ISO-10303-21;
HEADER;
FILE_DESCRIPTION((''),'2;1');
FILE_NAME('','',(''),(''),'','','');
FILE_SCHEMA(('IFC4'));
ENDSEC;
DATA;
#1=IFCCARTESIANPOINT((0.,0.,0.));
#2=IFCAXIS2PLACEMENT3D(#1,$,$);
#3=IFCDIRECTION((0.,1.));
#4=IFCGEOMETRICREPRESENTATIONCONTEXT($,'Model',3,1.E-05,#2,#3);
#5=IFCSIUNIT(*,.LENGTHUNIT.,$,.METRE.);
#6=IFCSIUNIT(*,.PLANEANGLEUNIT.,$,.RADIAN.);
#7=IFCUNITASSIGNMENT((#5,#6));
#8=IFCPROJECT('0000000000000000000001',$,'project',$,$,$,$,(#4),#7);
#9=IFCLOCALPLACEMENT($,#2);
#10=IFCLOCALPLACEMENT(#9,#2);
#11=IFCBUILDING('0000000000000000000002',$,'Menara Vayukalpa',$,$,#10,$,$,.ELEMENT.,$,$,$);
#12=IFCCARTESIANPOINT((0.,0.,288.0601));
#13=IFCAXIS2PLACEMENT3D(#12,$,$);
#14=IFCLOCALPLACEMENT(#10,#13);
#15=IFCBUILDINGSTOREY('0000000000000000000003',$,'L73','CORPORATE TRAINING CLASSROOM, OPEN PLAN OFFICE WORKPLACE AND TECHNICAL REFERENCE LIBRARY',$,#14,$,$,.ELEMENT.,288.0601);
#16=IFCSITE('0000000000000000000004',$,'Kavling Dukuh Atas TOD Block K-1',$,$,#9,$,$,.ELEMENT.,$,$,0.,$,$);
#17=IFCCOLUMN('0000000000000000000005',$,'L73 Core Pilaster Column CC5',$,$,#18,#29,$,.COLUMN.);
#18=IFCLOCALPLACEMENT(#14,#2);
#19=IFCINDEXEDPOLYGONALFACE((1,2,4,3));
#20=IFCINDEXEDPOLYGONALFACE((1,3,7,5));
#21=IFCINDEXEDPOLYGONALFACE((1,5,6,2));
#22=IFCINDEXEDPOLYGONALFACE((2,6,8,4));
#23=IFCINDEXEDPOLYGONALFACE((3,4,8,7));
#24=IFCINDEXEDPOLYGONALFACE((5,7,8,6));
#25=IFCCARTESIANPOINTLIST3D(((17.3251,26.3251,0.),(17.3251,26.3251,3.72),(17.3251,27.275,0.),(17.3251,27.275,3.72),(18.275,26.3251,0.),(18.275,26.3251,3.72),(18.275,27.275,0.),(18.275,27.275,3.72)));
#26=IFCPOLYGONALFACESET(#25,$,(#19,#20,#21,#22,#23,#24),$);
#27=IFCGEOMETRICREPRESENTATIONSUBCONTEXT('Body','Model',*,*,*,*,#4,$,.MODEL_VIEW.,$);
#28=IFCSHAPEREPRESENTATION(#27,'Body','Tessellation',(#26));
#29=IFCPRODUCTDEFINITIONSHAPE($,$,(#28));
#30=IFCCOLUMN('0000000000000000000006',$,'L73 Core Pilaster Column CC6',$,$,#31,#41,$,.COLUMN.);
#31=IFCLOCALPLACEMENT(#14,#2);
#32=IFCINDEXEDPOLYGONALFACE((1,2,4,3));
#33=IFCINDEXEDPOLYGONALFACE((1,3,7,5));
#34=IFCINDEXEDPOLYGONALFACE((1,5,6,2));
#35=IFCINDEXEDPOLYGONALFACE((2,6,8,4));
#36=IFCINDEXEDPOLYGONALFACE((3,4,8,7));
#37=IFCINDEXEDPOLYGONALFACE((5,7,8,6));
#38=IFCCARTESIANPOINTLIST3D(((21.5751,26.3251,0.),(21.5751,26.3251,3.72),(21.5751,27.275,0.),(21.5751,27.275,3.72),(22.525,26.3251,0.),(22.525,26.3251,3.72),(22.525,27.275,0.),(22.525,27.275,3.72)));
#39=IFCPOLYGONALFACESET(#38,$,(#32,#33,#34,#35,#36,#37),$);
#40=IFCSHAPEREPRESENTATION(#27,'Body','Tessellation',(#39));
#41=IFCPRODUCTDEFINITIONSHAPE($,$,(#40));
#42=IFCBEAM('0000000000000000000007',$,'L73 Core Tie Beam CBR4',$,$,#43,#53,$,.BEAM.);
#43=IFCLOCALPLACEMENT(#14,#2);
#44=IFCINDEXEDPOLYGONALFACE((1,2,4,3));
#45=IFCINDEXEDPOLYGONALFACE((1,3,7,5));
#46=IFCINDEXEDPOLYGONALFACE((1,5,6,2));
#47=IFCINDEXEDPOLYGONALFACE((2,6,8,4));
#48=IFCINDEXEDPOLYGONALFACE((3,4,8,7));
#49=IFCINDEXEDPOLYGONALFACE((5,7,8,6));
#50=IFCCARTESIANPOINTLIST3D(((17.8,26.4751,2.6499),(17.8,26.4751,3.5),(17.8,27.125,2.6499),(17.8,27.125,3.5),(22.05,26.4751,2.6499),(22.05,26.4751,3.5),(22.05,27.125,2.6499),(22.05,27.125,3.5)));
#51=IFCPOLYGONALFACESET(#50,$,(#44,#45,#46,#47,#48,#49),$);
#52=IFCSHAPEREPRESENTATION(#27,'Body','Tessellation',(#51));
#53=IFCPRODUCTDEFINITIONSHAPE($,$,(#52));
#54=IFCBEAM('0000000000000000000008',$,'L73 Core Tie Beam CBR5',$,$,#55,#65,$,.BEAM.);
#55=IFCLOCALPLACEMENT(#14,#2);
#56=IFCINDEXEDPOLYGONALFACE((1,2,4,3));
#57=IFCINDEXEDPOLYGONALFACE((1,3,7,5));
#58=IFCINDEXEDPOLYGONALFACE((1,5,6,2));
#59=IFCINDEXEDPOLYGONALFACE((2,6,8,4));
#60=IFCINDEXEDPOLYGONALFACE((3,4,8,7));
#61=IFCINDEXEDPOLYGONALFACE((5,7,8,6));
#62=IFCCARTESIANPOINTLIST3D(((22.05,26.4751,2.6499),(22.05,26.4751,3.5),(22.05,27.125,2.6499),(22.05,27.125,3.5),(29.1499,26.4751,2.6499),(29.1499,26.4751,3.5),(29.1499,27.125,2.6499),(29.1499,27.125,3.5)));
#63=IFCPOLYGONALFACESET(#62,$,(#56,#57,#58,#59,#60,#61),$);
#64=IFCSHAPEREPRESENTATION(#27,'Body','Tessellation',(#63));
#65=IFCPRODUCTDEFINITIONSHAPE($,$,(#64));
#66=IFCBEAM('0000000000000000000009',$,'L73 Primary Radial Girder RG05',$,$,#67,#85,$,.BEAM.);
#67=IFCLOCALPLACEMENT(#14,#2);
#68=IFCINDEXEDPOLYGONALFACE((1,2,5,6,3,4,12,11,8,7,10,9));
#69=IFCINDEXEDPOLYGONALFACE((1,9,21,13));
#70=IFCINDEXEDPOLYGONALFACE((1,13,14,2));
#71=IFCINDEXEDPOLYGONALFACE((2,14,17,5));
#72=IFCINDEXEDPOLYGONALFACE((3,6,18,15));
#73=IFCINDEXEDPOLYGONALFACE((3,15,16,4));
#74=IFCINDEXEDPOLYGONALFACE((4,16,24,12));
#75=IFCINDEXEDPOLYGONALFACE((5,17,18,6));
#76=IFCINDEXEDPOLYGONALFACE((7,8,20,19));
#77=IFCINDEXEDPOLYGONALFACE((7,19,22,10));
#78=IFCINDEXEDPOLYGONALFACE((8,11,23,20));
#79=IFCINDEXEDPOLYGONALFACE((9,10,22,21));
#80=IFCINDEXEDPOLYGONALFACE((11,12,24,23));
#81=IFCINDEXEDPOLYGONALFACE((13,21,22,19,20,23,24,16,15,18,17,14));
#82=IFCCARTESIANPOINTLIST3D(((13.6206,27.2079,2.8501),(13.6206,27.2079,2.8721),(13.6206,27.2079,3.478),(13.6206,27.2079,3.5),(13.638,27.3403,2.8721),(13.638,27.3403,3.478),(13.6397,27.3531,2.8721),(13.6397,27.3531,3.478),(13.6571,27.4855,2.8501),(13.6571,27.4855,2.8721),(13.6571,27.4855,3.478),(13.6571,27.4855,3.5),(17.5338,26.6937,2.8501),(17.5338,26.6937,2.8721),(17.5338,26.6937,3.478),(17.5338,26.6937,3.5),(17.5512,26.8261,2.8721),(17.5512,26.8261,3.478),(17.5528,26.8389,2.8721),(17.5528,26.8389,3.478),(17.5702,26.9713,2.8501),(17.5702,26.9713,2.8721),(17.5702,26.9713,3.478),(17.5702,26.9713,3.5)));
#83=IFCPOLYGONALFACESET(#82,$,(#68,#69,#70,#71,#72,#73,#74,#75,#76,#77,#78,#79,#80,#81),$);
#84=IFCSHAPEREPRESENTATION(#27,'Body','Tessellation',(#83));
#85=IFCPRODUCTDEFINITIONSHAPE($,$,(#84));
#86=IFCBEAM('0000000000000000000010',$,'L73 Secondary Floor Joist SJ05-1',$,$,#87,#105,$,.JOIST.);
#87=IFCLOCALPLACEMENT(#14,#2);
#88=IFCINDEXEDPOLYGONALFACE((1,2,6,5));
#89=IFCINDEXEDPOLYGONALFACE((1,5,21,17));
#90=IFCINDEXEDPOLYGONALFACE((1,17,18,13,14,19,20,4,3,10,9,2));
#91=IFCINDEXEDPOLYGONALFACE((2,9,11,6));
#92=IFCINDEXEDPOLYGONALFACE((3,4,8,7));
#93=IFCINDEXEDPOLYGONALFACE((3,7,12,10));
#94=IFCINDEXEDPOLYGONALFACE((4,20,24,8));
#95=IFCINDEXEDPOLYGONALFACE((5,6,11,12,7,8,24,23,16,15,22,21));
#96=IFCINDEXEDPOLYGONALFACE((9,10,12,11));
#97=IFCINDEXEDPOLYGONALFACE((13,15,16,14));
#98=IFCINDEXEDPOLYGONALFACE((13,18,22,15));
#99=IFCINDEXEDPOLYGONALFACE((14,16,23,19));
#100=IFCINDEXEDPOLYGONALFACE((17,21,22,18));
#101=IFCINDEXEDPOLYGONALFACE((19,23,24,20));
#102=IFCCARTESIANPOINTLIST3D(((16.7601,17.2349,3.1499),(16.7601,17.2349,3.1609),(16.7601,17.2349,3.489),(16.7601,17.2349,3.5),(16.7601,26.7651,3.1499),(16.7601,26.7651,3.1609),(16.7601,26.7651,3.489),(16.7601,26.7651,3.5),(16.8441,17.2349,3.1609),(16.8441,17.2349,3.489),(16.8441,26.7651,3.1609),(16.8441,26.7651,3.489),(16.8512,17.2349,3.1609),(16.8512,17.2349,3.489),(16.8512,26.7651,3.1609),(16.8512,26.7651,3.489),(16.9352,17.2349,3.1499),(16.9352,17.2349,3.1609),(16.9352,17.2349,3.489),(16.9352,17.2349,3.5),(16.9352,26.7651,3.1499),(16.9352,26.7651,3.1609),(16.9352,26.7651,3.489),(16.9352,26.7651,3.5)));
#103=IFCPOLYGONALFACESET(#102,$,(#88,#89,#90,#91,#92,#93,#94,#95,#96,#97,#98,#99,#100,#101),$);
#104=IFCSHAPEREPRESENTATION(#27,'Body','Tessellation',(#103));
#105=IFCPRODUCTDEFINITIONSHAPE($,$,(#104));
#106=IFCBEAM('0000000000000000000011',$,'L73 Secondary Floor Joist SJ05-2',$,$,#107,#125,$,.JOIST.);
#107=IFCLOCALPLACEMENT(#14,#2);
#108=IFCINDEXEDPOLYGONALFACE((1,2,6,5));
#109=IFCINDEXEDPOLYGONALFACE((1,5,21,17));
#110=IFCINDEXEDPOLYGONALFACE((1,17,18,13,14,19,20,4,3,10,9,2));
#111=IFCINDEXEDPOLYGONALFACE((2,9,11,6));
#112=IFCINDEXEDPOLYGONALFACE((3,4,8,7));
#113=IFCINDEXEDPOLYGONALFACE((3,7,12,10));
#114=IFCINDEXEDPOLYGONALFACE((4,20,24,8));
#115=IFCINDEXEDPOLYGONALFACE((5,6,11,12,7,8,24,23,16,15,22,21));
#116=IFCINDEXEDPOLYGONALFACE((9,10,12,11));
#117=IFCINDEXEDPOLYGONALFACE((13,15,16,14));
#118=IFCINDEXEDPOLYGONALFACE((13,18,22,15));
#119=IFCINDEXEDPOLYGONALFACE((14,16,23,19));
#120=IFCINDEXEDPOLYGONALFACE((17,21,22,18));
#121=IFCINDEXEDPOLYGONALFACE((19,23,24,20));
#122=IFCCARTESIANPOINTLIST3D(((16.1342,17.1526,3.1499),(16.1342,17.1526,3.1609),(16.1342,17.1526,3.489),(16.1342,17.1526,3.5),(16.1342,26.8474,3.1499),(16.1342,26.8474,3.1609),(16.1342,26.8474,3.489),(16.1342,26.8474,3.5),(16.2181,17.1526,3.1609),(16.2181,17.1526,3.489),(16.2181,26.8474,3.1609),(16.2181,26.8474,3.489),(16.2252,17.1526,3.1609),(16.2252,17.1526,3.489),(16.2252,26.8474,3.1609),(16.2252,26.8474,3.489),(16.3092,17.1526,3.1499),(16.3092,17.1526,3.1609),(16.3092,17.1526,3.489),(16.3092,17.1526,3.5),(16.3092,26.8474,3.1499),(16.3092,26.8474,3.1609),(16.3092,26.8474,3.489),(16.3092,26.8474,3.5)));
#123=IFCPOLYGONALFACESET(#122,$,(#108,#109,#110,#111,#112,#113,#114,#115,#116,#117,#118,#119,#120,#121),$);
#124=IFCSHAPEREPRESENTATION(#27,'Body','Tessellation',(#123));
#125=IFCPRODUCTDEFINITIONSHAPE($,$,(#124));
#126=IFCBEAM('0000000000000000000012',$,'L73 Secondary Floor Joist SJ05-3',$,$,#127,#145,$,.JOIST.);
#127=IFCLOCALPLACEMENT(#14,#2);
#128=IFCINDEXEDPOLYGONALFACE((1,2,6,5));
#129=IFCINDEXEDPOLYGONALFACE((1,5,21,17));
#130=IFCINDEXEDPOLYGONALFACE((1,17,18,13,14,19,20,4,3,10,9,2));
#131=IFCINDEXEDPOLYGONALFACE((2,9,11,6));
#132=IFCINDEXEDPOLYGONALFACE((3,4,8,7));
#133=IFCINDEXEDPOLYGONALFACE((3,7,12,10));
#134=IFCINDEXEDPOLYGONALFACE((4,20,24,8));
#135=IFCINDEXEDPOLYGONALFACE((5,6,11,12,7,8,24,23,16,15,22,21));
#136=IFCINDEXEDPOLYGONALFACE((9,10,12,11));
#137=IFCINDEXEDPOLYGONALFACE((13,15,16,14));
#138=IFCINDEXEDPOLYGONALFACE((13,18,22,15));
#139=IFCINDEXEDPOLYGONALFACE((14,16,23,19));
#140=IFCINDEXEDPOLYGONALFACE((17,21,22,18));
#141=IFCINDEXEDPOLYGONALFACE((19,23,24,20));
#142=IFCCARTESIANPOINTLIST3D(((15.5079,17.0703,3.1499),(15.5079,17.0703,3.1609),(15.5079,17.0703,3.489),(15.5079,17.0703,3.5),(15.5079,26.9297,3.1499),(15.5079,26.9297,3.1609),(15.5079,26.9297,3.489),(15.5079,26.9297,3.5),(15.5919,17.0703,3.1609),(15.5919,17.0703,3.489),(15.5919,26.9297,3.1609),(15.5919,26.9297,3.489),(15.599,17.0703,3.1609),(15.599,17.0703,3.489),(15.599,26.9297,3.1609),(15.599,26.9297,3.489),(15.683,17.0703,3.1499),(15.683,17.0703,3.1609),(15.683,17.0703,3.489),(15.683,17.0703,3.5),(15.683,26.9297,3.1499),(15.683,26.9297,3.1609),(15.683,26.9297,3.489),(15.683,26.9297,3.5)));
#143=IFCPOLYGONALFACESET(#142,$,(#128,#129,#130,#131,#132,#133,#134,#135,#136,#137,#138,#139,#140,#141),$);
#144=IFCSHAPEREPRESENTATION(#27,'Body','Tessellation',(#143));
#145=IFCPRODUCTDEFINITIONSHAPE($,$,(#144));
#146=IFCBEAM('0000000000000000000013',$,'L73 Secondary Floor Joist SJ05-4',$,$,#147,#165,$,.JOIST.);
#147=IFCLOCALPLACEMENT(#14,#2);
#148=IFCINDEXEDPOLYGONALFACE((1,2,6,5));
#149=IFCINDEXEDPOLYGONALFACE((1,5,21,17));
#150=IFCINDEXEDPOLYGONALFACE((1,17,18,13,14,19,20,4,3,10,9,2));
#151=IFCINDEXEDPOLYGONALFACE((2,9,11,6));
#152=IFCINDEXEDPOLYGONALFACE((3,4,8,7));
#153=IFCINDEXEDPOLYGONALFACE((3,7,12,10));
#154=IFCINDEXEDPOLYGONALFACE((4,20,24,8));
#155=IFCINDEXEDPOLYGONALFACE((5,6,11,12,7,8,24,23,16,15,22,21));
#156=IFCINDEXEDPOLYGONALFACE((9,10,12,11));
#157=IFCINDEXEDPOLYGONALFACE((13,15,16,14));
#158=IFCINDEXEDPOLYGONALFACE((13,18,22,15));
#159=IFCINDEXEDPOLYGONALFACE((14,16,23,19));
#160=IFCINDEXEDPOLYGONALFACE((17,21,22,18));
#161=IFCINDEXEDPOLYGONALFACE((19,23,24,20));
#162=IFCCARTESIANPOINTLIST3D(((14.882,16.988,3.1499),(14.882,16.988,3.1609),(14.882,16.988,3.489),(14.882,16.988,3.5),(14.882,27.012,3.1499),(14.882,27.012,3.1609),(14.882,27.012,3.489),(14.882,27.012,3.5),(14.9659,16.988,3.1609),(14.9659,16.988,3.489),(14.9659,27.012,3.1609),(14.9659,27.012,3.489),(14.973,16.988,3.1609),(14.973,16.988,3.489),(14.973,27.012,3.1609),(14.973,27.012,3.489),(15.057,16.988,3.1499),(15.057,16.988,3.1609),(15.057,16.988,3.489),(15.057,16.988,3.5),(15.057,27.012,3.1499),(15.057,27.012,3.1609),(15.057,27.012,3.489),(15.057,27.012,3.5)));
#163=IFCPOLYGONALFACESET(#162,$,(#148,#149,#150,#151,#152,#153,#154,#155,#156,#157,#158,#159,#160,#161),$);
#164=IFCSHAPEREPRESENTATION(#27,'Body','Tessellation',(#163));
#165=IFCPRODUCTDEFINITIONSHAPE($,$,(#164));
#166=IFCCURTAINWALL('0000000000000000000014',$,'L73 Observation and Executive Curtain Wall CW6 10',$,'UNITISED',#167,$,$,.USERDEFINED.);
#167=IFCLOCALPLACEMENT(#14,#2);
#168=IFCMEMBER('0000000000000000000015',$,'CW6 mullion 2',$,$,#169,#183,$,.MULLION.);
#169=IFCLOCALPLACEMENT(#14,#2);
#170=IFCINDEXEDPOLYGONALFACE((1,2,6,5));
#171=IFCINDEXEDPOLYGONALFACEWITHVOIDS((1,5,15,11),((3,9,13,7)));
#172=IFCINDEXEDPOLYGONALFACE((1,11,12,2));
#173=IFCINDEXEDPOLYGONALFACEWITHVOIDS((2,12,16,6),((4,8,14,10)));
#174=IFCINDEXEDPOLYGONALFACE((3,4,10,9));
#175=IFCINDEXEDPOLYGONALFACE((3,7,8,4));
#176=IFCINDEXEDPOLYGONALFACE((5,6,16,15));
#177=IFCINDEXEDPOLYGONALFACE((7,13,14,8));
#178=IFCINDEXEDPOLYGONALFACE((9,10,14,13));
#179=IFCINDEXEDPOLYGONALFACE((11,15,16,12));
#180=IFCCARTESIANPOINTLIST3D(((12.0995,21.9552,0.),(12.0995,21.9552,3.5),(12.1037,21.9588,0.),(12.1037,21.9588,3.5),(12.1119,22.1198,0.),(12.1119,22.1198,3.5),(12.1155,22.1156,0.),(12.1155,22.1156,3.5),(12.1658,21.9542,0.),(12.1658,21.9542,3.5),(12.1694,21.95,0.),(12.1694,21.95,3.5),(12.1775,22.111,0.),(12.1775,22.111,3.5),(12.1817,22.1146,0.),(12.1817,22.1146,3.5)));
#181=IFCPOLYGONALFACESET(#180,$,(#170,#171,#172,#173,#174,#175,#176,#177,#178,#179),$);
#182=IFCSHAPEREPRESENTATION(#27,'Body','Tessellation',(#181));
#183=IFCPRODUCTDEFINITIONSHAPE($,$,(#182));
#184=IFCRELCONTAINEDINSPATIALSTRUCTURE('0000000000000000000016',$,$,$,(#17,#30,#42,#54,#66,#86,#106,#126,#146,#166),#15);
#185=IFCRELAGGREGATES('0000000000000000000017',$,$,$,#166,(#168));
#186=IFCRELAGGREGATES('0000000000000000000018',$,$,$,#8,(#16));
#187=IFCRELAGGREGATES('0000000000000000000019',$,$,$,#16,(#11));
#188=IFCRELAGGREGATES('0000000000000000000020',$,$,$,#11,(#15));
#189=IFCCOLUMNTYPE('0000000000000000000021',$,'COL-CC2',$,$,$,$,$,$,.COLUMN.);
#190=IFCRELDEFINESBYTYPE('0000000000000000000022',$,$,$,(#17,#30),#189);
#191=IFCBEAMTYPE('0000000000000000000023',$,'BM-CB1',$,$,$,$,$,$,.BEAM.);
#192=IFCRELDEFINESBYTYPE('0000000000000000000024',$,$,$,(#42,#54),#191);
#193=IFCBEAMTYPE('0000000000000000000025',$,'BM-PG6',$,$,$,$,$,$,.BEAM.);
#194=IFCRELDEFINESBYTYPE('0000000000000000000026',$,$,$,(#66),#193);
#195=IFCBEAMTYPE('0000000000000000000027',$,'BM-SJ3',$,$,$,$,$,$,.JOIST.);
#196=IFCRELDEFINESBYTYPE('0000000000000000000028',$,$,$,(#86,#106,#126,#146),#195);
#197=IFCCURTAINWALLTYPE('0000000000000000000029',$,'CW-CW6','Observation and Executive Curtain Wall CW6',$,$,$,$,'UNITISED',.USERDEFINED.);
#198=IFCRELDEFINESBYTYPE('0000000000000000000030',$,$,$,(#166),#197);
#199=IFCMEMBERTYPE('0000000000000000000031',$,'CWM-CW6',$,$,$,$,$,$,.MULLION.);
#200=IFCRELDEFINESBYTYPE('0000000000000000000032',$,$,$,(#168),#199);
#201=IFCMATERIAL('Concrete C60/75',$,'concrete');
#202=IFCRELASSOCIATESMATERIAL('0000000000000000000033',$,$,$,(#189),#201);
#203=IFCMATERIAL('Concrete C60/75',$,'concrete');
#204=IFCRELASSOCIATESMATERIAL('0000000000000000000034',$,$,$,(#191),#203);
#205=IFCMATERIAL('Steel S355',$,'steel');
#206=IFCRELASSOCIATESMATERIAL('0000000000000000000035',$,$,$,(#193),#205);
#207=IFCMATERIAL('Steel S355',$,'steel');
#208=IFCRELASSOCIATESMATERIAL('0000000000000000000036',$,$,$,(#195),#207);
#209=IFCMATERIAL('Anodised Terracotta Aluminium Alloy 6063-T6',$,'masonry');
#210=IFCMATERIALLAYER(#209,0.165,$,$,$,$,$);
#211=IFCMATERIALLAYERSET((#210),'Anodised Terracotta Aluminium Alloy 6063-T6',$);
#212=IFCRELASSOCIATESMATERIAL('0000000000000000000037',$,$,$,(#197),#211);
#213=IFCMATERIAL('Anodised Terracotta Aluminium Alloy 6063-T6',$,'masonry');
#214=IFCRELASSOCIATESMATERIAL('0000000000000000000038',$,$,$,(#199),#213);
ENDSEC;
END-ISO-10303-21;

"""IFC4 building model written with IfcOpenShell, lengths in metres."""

from ifc_helpers import new_model, si_unit, direction, frame, origin, origin_2d, place, context, subcontext, project, spatial, rectangle, hollow_rectangle, i_section, extrude, material, layer, layer_set, material_profile, profile_set, type_object, element, aggregate, save


model = new_model("IFC4")

# Units and contexts
model_context = context("Model", 3, precision=1e-05, world=origin(), true_north=direction((0.0, 1.0)))
body_context = subcontext(model_context, "Body", "Model", "MODEL_VIEW")
ifc_project = project(units=[si_unit("LENGTHUNIT", "METRE"), si_unit("PLANEANGLEUNIT", "RADIAN")], contexts=[model_context])

# Site, building, storey
site_placement = place(None, origin())
site = spatial("IfcSite", under=ifc_project, at=site_placement, Name="Kavling Dukuh Atas TOD Block K-1", CompositionType="ELEMENT", RefElevation=0.0)
building_placement = place(site_placement, origin())
building = spatial("IfcBuilding", under=site, at=building_placement, Name="Menara Vayukalpa", CompositionType="ELEMENT")
storey_placement = place(building_placement, frame((0.0, 0.0, 288.0601)))
storey = spatial("IfcBuildingStorey", under=building, at=storey_placement, Name="L73", Description="CORPORATE TRAINING CLASSROOM, OPEN PLAN OFFICE WORKPLACE AND TECHNICAL REFERENCE LIBRARY", CompositionType="ELEMENT", Elevation=288.0601)

# Columns
ifc_material_1 = material(Name="Concrete C60/75", Category="concrete")
ifc_material_profile_1 = material_profile(ifc_material_1, rectangle(XDim=0.95, YDim=0.95, at=origin_2d()), Name="RC 950x950")
ifc_profile_set_1 = profile_set([ifc_material_profile_1], Name="Concrete C60/75")
column_type = type_object("IfcColumnType", Name="COL-CC2", PredefinedType="COLUMN", material=ifc_profile_set_1)
for number, where, z_axis, x_axis, name in (
    (1, (17.8, 26.8, 0.0), (0.0, 0.0, 1.0), (1.0, 0.0, 0.0), "L73 Core Pilaster Column CC5"),
    (2, (22.05, 26.8, 0.0), (0.0, 0.0, 1.0), (1.0, 0.0, 0.0), "L73 Core Pilaster Column CC6"),
):
    element("IfcColumn", number, at=place(storey_placement, frame(where, z_axis=z_axis, x_axis=x_axis)), inside=storey, type_object=column_type, Name=name, PredefinedType="COLUMN", context=body_context, shape_type="SweptSolid", body=[
        extrude(rectangle(XDim=0.95, YDim=0.95, at=origin_2d()), origin(), (0.0, 0.0, 1.0), 3.72),
    ])

# Beams
ifc_material_2 = material(Name="Concrete C60/75", Category="concrete")
ifc_material_profile_2 = material_profile(ifc_material_2, rectangle(XDim=0.6499, YDim=0.8501, at=origin_2d()), Name="RC 650x850")
ifc_profile_set_2 = profile_set([ifc_material_profile_2], Name="Concrete C60/75")
beam_type_1 = type_object("IfcBeamType", Name="BM-CB1", PredefinedType="BEAM", material=ifc_profile_set_2)
beam_1_placement = place(storey_placement, frame((17.8, 26.8, 3.075), z_axis=(1.0, 0.0, 0.0), x_axis=(0.0, 1.0, 0.0)))
element("IfcBeam", 3, at=beam_1_placement, inside=storey, type_object=beam_type_1, Name="L73 Core Tie Beam CBR4", PredefinedType="BEAM", context=body_context, shape_type="SweptSolid", body=[
    extrude(rectangle(XDim=0.6499, YDim=0.8501, at=origin_2d()), origin(), (0.0, 0.0, 1.0), 4.25),
])
beam_2_placement = place(storey_placement, frame((22.05, 26.8, 3.075), z_axis=(1.0, 0.0, 0.0), x_axis=(0.0, 1.0, 0.0)))
element("IfcBeam", 4, at=beam_2_placement, inside=storey, type_object=beam_type_1, Name="L73 Core Tie Beam CBR5", PredefinedType="BEAM", context=body_context, shape_type="SweptSolid", body=[
    extrude(rectangle(XDim=0.6499, YDim=0.8501, at=origin_2d()), origin(), (0.0, 0.0, 1.0), 7.0999),
])
ifc_material_3 = material(Name="Steel S355", Category="steel")
ifc_material_profile_3 = material_profile(ifc_material_3, i_section(OverallWidth=0.28, OverallDepth=0.6499, WebThickness=0.0129, FlangeThickness=0.022, at=origin_2d()), Name="WF 650x280x13x22")
ifc_profile_set_3 = profile_set([ifc_material_profile_3], Name="Steel S355")
beam_type_2 = type_object("IfcBeamType", Name="BM-PG6", PredefinedType="BEAM", material=ifc_profile_set_3)
beam_3_placement = place(storey_placement, frame((17.552, 26.8325, 3.175), z_axis=(-0.991478, 0.130275, 0.0), x_axis=(-0.130275, -0.991478, 0.0)))
element("IfcBeam", 5, at=beam_3_placement, inside=storey, type_object=beam_type_2, Name="L73 Primary Radial Girder RG05", PredefinedType="BEAM", context=body_context, shape_type="SweptSolid", body=[
    extrude(i_section(OverallWidth=0.28, OverallDepth=0.6499, WebThickness=0.0129, FlangeThickness=0.022, at=origin_2d()), origin(), (0.0, 0.0, 1.0), 3.9468),
])
ifc_material_4 = material(Name="Steel S355", Category="steel")
ifc_material_profile_4 = material_profile(ifc_material_4, i_section(OverallWidth=0.175, OverallDepth=0.3501, WebThickness=0.0071, FlangeThickness=0.011, at=origin_2d()), Name="WF 350x175x7x11")
ifc_profile_set_4 = profile_set([ifc_material_profile_4], Name="Steel S355")
beam_type_3 = type_object("IfcBeamType", Name="BM-SJ3", PredefinedType="JOIST", material=ifc_profile_set_4)
beam_4_placement = place(storey_placement, frame((16.8477, 26.7651, 3.325), z_axis=(0.0, -1.0, 0.0), x_axis=(1.0, 0.0, 0.0)))
element("IfcBeam", 6, at=beam_4_placement, inside=storey, type_object=beam_type_3, Name="L73 Secondary Floor Joist SJ05-1", PredefinedType="JOIST", context=body_context, shape_type="SweptSolid", body=[
    extrude(i_section(OverallWidth=0.175, OverallDepth=0.3501, WebThickness=0.0071, FlangeThickness=0.011, at=origin_2d()), origin(), (0.0, 0.0, 1.0), 9.5303),
])
beam_5_placement = place(storey_placement, frame((16.2217, 26.8474, 3.325), z_axis=(0.0, -1.0, 0.0), x_axis=(1.0, 0.0, 0.0)))
element("IfcBeam", 7, at=beam_5_placement, inside=storey, type_object=beam_type_3, Name="L73 Secondary Floor Joist SJ05-2", PredefinedType="JOIST", context=body_context, shape_type="SweptSolid", body=[
    extrude(i_section(OverallWidth=0.175, OverallDepth=0.3501, WebThickness=0.0071, FlangeThickness=0.011, at=origin_2d()), origin(), (0.0, 0.0, 1.0), 9.6948),
])
beam_6_placement = place(storey_placement, frame((15.5955, 26.9297, 3.325), z_axis=(0.0, -1.0, 0.0), x_axis=(1.0, 0.0, 0.0)))
element("IfcBeam", 8, at=beam_6_placement, inside=storey, type_object=beam_type_3, Name="L73 Secondary Floor Joist SJ05-3", PredefinedType="JOIST", context=body_context, shape_type="SweptSolid", body=[
    extrude(i_section(OverallWidth=0.175, OverallDepth=0.3501, WebThickness=0.0071, FlangeThickness=0.011, at=origin_2d()), origin(), (0.0, 0.0, 1.0), 9.8594),
])
beam_7_placement = place(storey_placement, frame((14.9695, 27.012, 3.325), z_axis=(0.0, -1.0, 0.0), x_axis=(1.0, 0.0, 0.0)))
element("IfcBeam", 9, at=beam_7_placement, inside=storey, type_object=beam_type_3, Name="L73 Secondary Floor Joist SJ05-4", PredefinedType="JOIST", context=body_context, shape_type="SweptSolid", body=[
    extrude(i_section(OverallWidth=0.175, OverallDepth=0.3501, WebThickness=0.0071, FlangeThickness=0.011, at=origin_2d()), origin(), (0.0, 0.0, 1.0), 10.0239),
])

# Curtain wall, member
ifc_material_5 = material(Name="Anodised Terracotta Aluminium Alloy 6063-T6", Category="masonry")
ifc_layer_1 = layer(ifc_material_5, 0.165)
ifc_layer_set_1 = layer_set([ifc_layer_1], Name="Anodised Terracotta Aluminium Alloy 6063-T6")
curtain_wall_type = type_object("IfcCurtainWallType", Name="CW-CW6", Description="Observation and Executive Curtain Wall CW6", ElementType="UNITISED", PredefinedType="USERDEFINED", material=ifc_layer_set_1)
curtain_wall_1_placement = place(storey_placement, origin())
curtain_wall_1 = element("IfcCurtainWall", 10, at=curtain_wall_1_placement, inside=storey, type_object=curtain_wall_type, Name="L73 Observation and Executive Curtain Wall CW6 10", ObjectType="UNITISED", PredefinedType="USERDEFINED")
ifc_material_6 = material(Name="Anodised Terracotta Aluminium Alloy 6063-T6", Category="masonry")
ifc_material_profile_5 = material_profile(ifc_material_6, hollow_rectangle(XDim=0.0701, YDim=0.165, WallThickness=0.0039, at=origin_2d()), Name="ALU 70x165x4")
ifc_profile_set_5 = profile_set([ifc_material_profile_5], Name="Anodised Terracotta Aluminium Alloy 6063-T6")
member_type_1 = type_object("IfcMemberType", Name="CWM-CW6", PredefinedType="MULLION", material=ifc_profile_set_5)
member_1_placement = place(storey_placement, frame((12.1406, 22.0349, 0.0), z_axis=(0.0, 0.0, 1.0), x_axis=(0.997199, -0.074789, 0.0)))
member_1 = element("IfcMember", 11, at=member_1_placement, type_object=member_type_1, Name="CW6 mullion 2", PredefinedType="MULLION", context=body_context, shape_type="SweptSolid", body=[
    extrude(hollow_rectangle(XDim=0.0701, YDim=0.165, WallThickness=0.0039, at=origin_2d()), origin(), (0.0, 0.0, 1.0), 3.5),
])

aggregate(curtain_wall_1, [member_1])

save(model, "model.ifc")
